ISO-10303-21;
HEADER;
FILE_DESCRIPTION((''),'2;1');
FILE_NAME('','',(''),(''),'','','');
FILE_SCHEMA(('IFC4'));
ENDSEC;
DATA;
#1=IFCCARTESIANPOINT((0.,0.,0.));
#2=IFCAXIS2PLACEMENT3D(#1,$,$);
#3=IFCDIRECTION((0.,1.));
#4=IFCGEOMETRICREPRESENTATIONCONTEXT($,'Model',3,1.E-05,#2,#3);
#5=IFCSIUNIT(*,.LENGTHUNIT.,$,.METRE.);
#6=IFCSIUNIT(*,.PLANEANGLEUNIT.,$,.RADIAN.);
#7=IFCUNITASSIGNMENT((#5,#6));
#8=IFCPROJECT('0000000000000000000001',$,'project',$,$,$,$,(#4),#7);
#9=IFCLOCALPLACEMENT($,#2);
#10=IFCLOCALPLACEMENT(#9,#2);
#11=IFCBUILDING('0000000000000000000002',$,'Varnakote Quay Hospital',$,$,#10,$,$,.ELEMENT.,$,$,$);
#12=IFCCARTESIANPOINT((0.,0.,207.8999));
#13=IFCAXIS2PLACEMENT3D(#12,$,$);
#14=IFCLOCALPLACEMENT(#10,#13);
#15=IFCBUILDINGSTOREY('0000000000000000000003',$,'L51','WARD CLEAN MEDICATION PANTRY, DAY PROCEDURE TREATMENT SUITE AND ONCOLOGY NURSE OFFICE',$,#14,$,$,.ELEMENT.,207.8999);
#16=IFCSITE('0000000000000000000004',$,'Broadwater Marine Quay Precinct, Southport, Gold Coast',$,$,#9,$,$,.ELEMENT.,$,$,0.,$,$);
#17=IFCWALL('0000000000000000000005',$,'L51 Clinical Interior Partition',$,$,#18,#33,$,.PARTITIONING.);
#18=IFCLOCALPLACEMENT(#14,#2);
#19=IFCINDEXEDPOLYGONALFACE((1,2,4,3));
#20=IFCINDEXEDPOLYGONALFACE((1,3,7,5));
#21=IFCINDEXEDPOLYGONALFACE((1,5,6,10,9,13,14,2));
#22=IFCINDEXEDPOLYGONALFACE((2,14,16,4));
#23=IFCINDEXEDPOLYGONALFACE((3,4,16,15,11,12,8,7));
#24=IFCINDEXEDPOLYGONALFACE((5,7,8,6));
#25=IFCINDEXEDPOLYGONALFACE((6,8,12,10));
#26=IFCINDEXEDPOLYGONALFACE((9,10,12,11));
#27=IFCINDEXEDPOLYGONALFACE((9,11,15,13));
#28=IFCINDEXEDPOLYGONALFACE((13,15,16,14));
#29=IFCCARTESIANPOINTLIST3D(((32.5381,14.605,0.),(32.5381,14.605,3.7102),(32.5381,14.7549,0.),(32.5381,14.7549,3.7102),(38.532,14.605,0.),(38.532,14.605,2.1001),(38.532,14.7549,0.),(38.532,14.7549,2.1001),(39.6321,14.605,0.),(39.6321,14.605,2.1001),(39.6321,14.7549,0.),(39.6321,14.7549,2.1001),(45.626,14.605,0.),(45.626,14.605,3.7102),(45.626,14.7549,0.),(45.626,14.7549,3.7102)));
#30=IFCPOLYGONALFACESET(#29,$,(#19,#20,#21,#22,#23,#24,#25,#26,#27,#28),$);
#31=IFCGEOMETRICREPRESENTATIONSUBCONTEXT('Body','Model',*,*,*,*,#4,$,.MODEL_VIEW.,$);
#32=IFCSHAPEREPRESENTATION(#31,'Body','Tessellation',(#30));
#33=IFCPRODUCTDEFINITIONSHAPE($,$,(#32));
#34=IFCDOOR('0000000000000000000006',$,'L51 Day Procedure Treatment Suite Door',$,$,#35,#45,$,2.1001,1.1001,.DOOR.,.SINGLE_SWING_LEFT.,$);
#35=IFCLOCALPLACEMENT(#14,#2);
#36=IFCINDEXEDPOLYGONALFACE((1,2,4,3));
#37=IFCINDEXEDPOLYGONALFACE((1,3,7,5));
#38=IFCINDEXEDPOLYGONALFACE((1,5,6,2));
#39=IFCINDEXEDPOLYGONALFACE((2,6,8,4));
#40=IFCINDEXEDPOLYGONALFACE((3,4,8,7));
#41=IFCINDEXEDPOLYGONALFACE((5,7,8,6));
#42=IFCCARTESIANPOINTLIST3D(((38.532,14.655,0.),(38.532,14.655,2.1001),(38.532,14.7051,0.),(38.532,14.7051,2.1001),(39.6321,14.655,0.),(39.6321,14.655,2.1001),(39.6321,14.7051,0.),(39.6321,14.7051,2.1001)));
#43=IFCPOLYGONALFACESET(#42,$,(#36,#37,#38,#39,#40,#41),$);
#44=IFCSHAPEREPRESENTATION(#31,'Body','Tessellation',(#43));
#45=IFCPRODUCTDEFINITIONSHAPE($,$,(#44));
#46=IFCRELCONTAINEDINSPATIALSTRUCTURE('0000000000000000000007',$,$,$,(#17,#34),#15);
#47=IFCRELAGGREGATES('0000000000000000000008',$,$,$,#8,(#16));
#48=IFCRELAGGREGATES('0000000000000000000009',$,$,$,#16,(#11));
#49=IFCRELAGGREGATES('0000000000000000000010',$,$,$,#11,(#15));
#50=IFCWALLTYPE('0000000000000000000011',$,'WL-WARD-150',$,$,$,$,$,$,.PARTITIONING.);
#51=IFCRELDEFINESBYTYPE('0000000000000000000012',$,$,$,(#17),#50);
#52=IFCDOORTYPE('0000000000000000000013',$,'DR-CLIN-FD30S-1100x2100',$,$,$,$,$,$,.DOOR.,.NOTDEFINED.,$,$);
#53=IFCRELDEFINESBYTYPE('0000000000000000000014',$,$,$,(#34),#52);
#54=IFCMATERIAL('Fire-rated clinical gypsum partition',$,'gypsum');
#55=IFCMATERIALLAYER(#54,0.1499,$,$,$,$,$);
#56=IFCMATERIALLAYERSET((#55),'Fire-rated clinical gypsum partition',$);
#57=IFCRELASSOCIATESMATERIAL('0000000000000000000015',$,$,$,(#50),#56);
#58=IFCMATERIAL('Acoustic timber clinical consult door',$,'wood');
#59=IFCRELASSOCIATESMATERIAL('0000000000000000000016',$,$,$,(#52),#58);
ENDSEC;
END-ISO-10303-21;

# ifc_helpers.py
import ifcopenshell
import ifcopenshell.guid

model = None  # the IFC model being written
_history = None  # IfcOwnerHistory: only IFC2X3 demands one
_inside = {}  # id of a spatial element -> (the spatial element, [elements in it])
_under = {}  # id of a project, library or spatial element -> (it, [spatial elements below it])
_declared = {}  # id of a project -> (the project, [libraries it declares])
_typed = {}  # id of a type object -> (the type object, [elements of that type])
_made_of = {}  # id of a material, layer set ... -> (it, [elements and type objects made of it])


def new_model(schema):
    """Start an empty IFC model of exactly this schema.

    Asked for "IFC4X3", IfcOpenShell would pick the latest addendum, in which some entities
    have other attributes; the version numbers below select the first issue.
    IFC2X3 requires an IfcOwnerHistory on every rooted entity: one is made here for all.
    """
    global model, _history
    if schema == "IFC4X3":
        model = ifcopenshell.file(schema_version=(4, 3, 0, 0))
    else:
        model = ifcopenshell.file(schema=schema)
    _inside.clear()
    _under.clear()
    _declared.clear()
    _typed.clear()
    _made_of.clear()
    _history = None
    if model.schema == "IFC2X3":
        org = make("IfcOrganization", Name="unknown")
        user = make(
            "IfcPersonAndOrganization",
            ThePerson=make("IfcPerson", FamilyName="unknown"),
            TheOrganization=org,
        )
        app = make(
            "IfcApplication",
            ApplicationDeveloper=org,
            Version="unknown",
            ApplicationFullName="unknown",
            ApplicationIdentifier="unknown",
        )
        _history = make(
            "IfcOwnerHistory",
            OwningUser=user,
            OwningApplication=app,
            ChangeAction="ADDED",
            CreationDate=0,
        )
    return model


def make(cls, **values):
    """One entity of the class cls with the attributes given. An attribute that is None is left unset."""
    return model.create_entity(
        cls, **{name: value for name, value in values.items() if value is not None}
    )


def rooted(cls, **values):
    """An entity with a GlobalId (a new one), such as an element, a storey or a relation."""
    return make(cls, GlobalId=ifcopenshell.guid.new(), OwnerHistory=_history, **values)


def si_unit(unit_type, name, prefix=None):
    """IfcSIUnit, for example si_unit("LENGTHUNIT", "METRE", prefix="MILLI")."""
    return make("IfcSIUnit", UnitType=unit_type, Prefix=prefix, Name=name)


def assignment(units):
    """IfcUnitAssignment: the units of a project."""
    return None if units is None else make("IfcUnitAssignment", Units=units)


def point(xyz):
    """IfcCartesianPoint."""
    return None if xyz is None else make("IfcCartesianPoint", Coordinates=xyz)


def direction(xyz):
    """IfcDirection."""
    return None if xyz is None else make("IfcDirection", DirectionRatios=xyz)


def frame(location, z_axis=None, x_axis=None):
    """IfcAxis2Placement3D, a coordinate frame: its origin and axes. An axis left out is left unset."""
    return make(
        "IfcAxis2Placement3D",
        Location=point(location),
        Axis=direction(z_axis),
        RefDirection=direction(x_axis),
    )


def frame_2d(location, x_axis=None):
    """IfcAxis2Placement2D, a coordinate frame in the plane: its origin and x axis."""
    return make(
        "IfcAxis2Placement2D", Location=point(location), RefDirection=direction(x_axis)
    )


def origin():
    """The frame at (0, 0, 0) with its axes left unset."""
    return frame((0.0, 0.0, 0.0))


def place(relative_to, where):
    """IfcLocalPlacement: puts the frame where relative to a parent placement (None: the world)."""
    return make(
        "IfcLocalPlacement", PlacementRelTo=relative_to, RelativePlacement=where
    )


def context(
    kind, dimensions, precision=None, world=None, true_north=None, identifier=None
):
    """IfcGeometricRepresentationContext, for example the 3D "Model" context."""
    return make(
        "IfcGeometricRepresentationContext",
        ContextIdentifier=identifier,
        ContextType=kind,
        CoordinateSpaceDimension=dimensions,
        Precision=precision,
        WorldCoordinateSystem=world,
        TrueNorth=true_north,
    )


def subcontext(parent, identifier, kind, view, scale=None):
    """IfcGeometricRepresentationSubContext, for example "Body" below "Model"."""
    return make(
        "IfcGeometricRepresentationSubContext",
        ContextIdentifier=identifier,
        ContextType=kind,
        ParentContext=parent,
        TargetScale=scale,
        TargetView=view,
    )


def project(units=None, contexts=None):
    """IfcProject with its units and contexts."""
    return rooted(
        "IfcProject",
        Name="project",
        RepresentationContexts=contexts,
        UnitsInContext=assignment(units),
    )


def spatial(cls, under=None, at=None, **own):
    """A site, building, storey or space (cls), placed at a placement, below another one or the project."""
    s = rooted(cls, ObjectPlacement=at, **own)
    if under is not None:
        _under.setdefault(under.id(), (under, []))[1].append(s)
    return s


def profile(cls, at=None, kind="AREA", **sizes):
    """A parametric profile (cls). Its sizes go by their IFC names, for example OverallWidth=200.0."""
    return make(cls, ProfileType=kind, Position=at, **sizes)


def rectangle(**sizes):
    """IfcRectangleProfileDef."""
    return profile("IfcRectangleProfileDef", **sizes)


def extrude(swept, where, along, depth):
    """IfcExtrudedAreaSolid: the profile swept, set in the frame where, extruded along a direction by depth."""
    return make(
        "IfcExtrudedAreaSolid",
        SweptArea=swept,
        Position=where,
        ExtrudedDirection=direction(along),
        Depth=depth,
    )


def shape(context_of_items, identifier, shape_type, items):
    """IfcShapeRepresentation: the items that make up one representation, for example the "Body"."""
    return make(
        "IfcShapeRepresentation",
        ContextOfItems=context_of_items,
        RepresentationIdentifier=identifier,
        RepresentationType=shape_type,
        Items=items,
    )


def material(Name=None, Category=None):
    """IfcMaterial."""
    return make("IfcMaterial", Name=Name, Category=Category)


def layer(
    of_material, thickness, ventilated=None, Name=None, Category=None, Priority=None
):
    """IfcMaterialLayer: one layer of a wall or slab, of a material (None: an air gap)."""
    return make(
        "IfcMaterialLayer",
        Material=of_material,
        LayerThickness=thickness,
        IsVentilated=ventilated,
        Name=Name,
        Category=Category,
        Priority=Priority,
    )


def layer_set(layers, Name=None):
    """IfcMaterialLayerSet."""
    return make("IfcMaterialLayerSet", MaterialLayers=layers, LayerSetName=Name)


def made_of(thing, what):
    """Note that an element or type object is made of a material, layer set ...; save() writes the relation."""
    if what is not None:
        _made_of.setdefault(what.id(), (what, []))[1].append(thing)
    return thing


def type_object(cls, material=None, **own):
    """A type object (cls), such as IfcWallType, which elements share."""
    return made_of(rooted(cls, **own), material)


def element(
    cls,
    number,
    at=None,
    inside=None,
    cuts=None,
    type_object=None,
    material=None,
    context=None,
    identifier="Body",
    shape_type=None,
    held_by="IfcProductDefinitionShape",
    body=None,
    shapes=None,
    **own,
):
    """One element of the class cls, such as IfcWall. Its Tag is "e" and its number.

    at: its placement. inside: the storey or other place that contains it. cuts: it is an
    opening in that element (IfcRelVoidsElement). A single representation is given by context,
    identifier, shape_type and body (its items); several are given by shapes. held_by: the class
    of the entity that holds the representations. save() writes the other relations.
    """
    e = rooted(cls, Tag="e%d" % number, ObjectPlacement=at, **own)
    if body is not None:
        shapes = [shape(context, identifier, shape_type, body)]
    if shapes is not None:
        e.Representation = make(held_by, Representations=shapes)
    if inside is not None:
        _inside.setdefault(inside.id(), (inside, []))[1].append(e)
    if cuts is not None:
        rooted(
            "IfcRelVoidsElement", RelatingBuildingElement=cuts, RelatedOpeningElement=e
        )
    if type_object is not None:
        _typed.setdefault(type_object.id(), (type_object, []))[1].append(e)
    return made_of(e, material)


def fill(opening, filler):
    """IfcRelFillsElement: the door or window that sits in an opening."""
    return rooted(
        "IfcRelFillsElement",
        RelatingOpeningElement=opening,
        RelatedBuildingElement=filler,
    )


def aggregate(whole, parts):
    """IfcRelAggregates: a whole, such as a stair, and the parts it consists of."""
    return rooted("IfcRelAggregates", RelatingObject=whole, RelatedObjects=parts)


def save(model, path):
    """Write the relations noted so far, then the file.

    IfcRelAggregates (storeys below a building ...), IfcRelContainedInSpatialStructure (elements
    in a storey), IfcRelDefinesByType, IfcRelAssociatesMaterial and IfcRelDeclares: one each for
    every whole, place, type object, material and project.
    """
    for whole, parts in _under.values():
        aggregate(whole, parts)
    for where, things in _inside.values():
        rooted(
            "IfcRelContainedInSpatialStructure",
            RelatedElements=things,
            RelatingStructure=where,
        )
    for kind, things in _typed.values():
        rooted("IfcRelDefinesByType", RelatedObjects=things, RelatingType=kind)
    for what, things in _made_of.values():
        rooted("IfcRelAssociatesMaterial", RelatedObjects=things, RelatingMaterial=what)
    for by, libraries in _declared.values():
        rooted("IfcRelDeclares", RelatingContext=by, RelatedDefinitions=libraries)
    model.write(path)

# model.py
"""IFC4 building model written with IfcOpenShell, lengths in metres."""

from ifc_helpers import new_model, si_unit, direction, frame, frame_2d, origin, place, context, subcontext, project, spatial, rectangle, extrude, material, layer, layer_set, type_object, element, fill, save


model = new_model("IFC4")

# Units and contexts
model_context = context("Model", 3, precision=1e-05, world=origin(), true_north=direction((0.0, 1.0)))
body_context = subcontext(model_context, "Body", "Model", "MODEL_VIEW")
ifc_project = project(units=[si_unit("LENGTHUNIT", "METRE"), si_unit("PLANEANGLEUNIT", "RADIAN")], contexts=[model_context])

# Site, building, storey
site_placement = place(None, origin())
site = spatial("IfcSite", under=ifc_project, at=site_placement, Name="Broadwater Marine Quay Precinct, Southport, Gold Coast", CompositionType="ELEMENT", RefElevation=0.0)
building_placement = place(site_placement, origin())
building = spatial("IfcBuilding", under=site, at=building_placement, Name="Varnakote Quay Hospital", CompositionType="ELEMENT")
storey_placement = place(building_placement, frame((0.0, 0.0, 207.8999)))
storey = spatial("IfcBuildingStorey", under=building, at=storey_placement, Name="L51", Description="WARD CLEAN MEDICATION PANTRY, DAY PROCEDURE TREATMENT SUITE AND ONCOLOGY NURSE OFFICE", CompositionType="ELEMENT", Elevation=207.8999)

# Wall, opening, door
ifc_material_1 = material(Name="Fire-rated clinical gypsum partition", Category="gypsum")
ifc_layer_1 = layer(ifc_material_1, 0.1499)
ifc_layer_set_1 = layer_set([ifc_layer_1], Name="Fire-rated clinical gypsum partition")
wall_type_1 = type_object("IfcWallType", Name="WL-WARD-150", PredefinedType="PARTITIONING", material=ifc_layer_set_1)
ifc_material_2 = material(Name="Acoustic timber clinical consult door", Category="wood")
door_type = type_object("IfcDoorType", Name="DR-CLIN-FD30S-1100x2100", OperationType="NOTDEFINED", PredefinedType="DOOR", material=ifc_material_2)
wall_1_placement = place(storey_placement, frame((45.626, 14.6799, 0.0), z_axis=(0.0, 0.0, 1.0), x_axis=(-1.0, 0.0, 0.0)))
wall_1 = element("IfcWall", 1, at=wall_1_placement, inside=storey, type_object=wall_type_1, Name="L51 Clinical Interior Partition", PredefinedType="PARTITIONING", context=body_context, shape_type="SweptSolid", body=[
    extrude(rectangle(XDim=13.0879, YDim=0.1499, at=frame_2d((6.5439, 0.0))), origin(), (0.0, 0.0, 1.0), 3.7102),
])
opening_1_placement = place(wall_1_placement, frame((5.9939, 0.0, 0.0)))
opening_1 = element("IfcOpeningElement", 2, at=opening_1_placement, cuts=wall_1, PredefinedType="OPENING", context=body_context, shape_type="SweptSolid", body=[
    extrude(rectangle(XDim=1.1001, YDim=2.1001, at=frame_2d((0.55, 1.05))), frame((0.0, 0.085, 0.0), z_axis=(0.0, -1.0, 0.0), x_axis=(1.0, 0.0, 0.0)), (0.0, 0.0, 1.0), 0.1699),
])
door_1_placement = place(opening_1_placement, origin())
door_1 = element("IfcDoor", 3, at=door_1_placement, inside=storey, type_object=door_type, Name="L51 Day Procedure Treatment Suite Door", OperationType="SINGLE_SWING_LEFT", OverallHeight=2.1001, OverallWidth=1.1001, PredefinedType="DOOR", context=body_context, shape_type="SweptSolid", body=[
    extrude(rectangle(XDim=1.1001, YDim=2.1001, at=frame_2d((0.55, 1.05))), frame((0.0, 0.0249, 0.0), z_axis=(0.0, -1.0, 0.0), x_axis=(1.0, 0.0, 0.0)), (0.0, 0.0, 1.0), 0.05),
])
fill(opening_1, door_1)

save(model, "model.ifc")
